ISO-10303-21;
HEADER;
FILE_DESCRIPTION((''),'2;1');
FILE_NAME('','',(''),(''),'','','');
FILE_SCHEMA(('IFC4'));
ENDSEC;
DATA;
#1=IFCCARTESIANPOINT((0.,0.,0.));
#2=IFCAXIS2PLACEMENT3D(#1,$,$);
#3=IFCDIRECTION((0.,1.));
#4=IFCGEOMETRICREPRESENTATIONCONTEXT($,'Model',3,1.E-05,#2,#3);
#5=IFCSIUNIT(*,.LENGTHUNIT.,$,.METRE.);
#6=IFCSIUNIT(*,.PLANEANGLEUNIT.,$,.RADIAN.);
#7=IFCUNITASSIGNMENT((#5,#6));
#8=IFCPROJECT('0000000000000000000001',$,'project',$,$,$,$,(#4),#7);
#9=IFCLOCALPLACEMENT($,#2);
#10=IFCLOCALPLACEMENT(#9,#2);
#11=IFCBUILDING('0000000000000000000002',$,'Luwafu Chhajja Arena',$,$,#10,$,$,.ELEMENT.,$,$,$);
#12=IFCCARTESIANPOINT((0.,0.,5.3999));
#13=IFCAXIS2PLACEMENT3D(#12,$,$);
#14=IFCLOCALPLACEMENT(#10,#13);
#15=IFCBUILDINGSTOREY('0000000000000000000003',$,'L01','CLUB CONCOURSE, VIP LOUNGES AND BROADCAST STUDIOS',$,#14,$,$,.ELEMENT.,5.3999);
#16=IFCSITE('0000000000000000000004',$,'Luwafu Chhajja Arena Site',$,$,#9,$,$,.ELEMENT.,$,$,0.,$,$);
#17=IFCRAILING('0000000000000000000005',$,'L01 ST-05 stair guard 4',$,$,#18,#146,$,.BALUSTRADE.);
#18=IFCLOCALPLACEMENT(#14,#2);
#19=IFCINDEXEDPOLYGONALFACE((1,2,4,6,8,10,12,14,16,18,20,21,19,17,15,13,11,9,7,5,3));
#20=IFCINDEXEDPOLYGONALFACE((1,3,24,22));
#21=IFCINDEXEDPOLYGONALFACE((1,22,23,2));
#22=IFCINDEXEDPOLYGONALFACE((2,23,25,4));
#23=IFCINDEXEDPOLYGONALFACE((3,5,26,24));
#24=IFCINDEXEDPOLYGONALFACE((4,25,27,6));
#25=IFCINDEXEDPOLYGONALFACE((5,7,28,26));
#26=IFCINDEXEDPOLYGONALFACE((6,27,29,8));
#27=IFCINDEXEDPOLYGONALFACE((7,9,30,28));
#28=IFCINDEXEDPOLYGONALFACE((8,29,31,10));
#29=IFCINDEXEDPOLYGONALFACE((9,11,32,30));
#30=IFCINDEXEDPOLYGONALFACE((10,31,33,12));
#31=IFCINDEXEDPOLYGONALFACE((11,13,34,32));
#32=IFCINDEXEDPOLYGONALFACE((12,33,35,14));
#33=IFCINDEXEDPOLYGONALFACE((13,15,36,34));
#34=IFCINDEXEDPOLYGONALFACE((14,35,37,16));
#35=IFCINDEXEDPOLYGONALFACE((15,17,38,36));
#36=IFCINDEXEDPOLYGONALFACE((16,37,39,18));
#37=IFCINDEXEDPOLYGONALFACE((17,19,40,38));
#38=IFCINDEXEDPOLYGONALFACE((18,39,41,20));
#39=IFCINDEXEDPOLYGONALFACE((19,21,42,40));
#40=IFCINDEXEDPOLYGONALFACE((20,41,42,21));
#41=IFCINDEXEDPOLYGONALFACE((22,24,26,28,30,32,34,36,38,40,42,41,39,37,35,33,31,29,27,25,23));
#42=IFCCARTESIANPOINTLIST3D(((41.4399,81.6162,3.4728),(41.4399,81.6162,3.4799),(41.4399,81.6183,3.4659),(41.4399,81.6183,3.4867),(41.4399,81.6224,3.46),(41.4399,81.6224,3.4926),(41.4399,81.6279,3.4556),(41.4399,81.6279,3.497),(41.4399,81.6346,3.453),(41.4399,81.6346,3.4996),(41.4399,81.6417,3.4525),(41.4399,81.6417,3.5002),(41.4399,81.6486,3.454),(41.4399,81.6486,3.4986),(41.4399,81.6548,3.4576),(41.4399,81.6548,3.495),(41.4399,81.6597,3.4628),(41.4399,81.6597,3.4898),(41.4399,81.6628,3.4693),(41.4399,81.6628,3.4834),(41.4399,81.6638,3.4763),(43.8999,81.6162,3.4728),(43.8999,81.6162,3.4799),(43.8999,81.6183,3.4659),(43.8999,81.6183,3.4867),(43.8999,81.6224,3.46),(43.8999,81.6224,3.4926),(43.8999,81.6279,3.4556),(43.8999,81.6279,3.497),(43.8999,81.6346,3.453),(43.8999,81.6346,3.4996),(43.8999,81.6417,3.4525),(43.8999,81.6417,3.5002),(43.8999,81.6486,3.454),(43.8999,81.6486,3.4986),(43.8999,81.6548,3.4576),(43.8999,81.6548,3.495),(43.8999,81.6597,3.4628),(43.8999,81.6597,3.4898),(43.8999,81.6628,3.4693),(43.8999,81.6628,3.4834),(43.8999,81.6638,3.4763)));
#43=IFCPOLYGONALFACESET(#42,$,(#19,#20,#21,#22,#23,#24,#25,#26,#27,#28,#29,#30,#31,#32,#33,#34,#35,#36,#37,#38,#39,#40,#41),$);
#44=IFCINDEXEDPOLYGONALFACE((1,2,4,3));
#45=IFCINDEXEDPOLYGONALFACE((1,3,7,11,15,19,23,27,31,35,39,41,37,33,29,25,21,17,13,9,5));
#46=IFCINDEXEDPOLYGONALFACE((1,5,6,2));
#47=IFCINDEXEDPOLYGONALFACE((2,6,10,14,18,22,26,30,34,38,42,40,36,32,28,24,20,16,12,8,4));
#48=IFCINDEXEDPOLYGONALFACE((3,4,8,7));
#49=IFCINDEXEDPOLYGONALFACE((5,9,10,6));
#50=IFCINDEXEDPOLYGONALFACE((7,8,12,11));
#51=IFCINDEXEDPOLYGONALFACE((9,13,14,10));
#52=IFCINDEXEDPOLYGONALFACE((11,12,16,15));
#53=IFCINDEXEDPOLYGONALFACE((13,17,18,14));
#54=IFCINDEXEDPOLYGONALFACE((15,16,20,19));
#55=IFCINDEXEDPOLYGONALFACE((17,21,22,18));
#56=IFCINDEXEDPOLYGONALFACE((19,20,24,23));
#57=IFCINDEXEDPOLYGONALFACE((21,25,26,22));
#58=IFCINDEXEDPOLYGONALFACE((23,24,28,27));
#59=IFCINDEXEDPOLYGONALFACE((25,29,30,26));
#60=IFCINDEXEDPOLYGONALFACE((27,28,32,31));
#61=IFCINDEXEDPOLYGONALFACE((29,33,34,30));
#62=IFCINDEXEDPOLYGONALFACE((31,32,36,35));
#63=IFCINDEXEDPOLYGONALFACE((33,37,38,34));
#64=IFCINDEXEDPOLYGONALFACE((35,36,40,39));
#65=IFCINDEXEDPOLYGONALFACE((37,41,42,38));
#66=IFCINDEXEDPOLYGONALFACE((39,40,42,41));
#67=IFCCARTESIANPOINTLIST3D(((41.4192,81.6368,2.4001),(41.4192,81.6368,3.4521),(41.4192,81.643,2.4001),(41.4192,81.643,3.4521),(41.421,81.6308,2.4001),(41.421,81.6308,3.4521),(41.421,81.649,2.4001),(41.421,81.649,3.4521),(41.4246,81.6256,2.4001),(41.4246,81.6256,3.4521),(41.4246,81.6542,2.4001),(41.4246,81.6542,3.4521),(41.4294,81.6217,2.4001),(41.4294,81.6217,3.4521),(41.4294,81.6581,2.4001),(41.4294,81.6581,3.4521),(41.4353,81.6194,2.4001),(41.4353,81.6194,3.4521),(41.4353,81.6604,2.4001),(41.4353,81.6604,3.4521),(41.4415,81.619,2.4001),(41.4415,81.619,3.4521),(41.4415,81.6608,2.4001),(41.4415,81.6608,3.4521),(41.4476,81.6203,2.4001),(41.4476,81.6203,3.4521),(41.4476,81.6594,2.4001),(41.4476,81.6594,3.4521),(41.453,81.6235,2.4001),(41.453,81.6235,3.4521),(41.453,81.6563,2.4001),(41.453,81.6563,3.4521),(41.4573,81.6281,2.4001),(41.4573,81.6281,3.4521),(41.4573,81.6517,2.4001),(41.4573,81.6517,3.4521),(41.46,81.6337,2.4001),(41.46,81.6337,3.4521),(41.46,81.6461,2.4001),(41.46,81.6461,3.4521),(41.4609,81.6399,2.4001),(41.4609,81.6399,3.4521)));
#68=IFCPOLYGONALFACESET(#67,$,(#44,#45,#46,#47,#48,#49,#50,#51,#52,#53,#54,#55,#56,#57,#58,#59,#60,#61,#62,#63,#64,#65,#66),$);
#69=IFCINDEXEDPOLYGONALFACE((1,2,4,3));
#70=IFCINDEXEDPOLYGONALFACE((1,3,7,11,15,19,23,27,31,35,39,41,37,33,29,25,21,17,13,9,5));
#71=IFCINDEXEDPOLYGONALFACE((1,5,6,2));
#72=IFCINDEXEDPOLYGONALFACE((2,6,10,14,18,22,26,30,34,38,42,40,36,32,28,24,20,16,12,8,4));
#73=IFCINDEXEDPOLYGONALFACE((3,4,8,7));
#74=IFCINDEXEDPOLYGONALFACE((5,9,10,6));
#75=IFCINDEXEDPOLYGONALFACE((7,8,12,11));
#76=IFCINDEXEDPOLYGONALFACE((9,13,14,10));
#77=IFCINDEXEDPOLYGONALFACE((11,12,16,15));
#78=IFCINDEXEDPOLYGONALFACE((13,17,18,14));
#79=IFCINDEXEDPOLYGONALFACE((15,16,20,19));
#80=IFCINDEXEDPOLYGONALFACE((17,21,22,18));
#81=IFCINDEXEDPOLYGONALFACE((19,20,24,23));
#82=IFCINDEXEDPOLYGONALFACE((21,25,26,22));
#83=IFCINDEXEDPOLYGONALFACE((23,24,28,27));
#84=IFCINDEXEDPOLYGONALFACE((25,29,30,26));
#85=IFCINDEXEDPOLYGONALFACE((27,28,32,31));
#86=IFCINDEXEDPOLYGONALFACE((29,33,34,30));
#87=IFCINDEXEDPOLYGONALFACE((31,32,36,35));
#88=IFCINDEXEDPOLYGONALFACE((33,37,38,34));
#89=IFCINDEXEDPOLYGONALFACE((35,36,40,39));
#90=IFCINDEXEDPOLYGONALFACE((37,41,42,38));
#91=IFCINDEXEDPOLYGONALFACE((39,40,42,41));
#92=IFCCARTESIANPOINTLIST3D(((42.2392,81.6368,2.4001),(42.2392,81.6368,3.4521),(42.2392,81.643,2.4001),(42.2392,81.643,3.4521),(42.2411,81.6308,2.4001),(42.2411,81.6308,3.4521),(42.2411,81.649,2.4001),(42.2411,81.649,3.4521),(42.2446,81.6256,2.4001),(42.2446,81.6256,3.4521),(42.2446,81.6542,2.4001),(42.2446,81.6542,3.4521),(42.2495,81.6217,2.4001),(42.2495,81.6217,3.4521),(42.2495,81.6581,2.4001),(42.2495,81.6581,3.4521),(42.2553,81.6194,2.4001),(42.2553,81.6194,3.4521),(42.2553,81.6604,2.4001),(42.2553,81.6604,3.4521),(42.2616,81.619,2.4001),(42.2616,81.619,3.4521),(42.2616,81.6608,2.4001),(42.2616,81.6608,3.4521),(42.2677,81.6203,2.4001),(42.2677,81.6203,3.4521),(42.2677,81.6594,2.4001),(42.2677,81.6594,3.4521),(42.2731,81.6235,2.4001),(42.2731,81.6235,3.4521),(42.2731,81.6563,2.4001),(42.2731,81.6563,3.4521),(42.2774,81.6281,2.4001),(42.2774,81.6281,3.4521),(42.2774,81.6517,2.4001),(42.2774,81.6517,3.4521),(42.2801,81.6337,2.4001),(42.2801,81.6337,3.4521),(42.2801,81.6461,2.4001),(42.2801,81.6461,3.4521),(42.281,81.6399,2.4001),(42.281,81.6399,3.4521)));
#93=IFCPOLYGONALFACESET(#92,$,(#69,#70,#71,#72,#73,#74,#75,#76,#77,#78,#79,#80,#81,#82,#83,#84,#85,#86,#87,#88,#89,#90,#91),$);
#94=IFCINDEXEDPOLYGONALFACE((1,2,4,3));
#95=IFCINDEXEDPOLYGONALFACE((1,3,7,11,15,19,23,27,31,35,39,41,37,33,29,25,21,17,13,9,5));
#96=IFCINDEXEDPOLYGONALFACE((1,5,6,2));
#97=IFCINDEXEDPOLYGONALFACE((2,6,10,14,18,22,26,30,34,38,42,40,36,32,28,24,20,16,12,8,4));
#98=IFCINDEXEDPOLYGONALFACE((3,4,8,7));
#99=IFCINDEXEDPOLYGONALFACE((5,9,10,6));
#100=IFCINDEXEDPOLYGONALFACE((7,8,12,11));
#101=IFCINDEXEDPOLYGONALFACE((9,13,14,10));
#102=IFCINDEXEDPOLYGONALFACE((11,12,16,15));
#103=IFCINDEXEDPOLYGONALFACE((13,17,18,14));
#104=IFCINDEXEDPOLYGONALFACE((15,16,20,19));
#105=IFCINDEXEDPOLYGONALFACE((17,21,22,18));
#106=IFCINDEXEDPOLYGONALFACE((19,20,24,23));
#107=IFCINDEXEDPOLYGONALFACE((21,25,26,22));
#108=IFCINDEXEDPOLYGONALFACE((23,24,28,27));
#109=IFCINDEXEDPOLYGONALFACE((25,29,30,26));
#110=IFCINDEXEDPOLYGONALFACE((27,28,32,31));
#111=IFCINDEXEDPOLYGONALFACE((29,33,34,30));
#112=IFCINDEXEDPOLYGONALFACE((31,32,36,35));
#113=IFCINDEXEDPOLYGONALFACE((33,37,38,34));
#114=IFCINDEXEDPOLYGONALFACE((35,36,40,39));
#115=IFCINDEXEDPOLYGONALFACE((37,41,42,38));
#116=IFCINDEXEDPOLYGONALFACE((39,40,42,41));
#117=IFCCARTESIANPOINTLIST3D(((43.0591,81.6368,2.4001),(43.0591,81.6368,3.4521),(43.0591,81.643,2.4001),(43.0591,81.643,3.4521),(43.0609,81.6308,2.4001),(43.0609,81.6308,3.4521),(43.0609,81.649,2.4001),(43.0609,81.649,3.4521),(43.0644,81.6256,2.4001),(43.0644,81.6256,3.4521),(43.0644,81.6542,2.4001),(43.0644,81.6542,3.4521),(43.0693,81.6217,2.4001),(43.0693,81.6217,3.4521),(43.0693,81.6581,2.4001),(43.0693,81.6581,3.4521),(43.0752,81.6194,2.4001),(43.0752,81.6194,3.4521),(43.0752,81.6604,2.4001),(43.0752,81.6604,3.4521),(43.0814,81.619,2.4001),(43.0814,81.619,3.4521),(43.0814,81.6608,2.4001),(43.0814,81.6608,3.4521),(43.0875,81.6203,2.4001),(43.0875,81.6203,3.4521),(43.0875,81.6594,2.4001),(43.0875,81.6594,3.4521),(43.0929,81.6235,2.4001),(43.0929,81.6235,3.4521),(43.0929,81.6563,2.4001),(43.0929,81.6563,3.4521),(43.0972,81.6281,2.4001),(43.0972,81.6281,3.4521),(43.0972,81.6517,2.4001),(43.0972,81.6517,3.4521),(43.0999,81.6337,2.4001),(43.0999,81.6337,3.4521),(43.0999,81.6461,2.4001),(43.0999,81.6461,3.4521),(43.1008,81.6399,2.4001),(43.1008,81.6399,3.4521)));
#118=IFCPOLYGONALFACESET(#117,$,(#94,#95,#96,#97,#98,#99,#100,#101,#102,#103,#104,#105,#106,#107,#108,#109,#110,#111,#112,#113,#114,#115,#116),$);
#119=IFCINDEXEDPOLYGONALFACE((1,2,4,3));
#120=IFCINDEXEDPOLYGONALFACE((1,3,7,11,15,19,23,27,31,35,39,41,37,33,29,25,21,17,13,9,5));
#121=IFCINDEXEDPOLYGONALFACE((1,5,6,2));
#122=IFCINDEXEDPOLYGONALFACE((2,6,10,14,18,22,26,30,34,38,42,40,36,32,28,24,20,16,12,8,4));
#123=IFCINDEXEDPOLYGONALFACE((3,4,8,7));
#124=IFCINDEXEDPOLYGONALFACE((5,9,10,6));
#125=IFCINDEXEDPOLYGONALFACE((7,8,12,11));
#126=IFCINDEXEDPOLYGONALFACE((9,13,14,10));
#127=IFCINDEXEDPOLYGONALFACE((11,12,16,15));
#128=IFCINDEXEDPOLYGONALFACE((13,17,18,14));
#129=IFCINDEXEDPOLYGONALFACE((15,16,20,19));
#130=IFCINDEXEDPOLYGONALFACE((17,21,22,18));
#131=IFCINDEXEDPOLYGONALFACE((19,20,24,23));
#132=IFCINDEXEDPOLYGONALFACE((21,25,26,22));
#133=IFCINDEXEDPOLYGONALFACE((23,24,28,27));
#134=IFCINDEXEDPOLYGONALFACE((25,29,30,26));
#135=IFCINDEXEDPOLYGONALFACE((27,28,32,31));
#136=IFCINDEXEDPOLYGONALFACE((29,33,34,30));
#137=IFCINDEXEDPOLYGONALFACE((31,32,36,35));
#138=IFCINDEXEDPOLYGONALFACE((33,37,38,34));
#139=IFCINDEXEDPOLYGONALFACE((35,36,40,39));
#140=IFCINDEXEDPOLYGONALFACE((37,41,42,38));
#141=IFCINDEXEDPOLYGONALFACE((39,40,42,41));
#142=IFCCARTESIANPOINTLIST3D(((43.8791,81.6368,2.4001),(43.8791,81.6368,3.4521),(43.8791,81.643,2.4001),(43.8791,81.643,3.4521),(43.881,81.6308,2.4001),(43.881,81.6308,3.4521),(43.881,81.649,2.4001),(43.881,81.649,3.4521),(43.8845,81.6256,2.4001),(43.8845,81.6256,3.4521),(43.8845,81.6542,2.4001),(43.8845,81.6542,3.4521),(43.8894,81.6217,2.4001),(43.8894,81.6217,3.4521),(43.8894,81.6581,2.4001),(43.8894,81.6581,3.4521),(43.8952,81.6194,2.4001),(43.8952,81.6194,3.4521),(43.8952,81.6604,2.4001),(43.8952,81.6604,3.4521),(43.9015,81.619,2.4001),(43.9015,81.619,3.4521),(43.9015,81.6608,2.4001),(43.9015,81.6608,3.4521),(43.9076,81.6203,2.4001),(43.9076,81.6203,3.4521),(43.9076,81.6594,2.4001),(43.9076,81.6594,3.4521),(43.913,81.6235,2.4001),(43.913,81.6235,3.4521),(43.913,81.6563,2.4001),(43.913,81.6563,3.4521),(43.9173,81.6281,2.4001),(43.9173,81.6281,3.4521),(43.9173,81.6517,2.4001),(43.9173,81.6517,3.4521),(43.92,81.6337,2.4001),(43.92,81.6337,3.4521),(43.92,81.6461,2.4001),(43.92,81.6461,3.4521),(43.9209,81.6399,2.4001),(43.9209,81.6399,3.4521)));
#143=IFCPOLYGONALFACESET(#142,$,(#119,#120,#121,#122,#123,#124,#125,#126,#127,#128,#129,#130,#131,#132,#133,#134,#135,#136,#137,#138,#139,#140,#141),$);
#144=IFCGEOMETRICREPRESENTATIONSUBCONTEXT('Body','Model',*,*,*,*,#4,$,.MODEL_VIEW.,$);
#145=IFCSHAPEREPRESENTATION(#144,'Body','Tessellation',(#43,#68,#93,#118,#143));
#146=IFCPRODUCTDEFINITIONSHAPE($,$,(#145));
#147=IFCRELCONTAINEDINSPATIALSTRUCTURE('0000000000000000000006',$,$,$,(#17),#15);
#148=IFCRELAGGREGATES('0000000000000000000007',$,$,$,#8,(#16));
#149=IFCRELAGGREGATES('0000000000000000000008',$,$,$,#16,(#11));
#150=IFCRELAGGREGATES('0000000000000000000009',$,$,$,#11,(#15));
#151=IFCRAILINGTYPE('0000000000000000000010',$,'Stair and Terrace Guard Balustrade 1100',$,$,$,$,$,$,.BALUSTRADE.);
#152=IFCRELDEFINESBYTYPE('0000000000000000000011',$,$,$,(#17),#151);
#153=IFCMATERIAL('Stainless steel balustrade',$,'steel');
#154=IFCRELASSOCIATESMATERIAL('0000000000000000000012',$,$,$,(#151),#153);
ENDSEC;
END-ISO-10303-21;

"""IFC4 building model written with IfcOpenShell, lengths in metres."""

from ifc_helpers import new_model, si_unit, direction, frame, origin, origin_2d, place, context, subcontext, project, spatial, circle, extrude, material, type_object, element, save


model = new_model("IFC4")

# Units and contexts
model_context = context("Model", 3, precision=1e-05, world=origin(), true_north=direction((0.0, 1.0)))
body_context = subcontext(model_context, "Body", "Model", "MODEL_VIEW")
ifc_project = project(units=[si_unit("LENGTHUNIT", "METRE"), si_unit("PLANEANGLEUNIT", "RADIAN")], contexts=[model_context])

# Site, building, storey
site_placement = place(None, origin())
site = spatial("IfcSite", under=ifc_project, at=site_placement, Name="Luwafu Chhajja Arena Site", CompositionType="ELEMENT", RefElevation=0.0)
building_placement = place(site_placement, origin())
building = spatial("IfcBuilding", under=site, at=building_placement, Name="Luwafu Chhajja Arena", CompositionType="ELEMENT")
storey_placement = place(building_placement, frame((0.0, 0.0, 5.3999)))
storey = spatial("IfcBuildingStorey", under=building, at=storey_placement, Name="L01", Description="CLUB CONCOURSE, VIP LOUNGES AND BROADCAST STUDIOS", CompositionType="ELEMENT", Elevation=5.3999)

# Railing
ifc_material_1 = material(Name="Stainless steel balustrade", Category="steel")
railing_type_1 = type_object("IfcRailingType", Name="Stair and Terrace Guard Balustrade 1100", PredefinedType="BALUSTRADE", material=ifc_material_1)
for number, where, name in (
    (1, (41.4399, 81.6399, 2.4001), "L01 ST-05 stair guard 4"),
):
    element("IfcRailing", number, at=place(storey_placement, frame(where)), inside=storey, type_object=railing_type_1, Name=name, PredefinedType="BALUSTRADE", context=body_context, shape_type="SweptSolid", body=[
        extrude(circle(Radius=0.0239, at=origin_2d()), frame((0.0, 0.0, 1.0762), z_axis=(1.0, 0.0, 0.0), x_axis=(0.0, 1.0, 0.0)), (0.0, 0.0, 1.0), 2.46),
        extrude(circle(Radius=0.021, at=origin_2d()), origin(), (0.0, 0.0, 1.0), 1.052),
        extrude(circle(Radius=0.021, at=origin_2d()), frame((0.8201, 0.0, 0.0)), (0.0, 0.0, 1.0), 1.052),
        extrude(circle(Radius=0.021, at=origin_2d()), frame((1.6399, 0.0, 0.0)), (0.0, 0.0, 1.0), 1.052),
        extrude(circle(Radius=0.021, at=origin_2d()), frame((2.46, 0.0, 0.0)), (0.0, 0.0, 1.0), 1.052),
    ])

save(model, "model.ifc")
